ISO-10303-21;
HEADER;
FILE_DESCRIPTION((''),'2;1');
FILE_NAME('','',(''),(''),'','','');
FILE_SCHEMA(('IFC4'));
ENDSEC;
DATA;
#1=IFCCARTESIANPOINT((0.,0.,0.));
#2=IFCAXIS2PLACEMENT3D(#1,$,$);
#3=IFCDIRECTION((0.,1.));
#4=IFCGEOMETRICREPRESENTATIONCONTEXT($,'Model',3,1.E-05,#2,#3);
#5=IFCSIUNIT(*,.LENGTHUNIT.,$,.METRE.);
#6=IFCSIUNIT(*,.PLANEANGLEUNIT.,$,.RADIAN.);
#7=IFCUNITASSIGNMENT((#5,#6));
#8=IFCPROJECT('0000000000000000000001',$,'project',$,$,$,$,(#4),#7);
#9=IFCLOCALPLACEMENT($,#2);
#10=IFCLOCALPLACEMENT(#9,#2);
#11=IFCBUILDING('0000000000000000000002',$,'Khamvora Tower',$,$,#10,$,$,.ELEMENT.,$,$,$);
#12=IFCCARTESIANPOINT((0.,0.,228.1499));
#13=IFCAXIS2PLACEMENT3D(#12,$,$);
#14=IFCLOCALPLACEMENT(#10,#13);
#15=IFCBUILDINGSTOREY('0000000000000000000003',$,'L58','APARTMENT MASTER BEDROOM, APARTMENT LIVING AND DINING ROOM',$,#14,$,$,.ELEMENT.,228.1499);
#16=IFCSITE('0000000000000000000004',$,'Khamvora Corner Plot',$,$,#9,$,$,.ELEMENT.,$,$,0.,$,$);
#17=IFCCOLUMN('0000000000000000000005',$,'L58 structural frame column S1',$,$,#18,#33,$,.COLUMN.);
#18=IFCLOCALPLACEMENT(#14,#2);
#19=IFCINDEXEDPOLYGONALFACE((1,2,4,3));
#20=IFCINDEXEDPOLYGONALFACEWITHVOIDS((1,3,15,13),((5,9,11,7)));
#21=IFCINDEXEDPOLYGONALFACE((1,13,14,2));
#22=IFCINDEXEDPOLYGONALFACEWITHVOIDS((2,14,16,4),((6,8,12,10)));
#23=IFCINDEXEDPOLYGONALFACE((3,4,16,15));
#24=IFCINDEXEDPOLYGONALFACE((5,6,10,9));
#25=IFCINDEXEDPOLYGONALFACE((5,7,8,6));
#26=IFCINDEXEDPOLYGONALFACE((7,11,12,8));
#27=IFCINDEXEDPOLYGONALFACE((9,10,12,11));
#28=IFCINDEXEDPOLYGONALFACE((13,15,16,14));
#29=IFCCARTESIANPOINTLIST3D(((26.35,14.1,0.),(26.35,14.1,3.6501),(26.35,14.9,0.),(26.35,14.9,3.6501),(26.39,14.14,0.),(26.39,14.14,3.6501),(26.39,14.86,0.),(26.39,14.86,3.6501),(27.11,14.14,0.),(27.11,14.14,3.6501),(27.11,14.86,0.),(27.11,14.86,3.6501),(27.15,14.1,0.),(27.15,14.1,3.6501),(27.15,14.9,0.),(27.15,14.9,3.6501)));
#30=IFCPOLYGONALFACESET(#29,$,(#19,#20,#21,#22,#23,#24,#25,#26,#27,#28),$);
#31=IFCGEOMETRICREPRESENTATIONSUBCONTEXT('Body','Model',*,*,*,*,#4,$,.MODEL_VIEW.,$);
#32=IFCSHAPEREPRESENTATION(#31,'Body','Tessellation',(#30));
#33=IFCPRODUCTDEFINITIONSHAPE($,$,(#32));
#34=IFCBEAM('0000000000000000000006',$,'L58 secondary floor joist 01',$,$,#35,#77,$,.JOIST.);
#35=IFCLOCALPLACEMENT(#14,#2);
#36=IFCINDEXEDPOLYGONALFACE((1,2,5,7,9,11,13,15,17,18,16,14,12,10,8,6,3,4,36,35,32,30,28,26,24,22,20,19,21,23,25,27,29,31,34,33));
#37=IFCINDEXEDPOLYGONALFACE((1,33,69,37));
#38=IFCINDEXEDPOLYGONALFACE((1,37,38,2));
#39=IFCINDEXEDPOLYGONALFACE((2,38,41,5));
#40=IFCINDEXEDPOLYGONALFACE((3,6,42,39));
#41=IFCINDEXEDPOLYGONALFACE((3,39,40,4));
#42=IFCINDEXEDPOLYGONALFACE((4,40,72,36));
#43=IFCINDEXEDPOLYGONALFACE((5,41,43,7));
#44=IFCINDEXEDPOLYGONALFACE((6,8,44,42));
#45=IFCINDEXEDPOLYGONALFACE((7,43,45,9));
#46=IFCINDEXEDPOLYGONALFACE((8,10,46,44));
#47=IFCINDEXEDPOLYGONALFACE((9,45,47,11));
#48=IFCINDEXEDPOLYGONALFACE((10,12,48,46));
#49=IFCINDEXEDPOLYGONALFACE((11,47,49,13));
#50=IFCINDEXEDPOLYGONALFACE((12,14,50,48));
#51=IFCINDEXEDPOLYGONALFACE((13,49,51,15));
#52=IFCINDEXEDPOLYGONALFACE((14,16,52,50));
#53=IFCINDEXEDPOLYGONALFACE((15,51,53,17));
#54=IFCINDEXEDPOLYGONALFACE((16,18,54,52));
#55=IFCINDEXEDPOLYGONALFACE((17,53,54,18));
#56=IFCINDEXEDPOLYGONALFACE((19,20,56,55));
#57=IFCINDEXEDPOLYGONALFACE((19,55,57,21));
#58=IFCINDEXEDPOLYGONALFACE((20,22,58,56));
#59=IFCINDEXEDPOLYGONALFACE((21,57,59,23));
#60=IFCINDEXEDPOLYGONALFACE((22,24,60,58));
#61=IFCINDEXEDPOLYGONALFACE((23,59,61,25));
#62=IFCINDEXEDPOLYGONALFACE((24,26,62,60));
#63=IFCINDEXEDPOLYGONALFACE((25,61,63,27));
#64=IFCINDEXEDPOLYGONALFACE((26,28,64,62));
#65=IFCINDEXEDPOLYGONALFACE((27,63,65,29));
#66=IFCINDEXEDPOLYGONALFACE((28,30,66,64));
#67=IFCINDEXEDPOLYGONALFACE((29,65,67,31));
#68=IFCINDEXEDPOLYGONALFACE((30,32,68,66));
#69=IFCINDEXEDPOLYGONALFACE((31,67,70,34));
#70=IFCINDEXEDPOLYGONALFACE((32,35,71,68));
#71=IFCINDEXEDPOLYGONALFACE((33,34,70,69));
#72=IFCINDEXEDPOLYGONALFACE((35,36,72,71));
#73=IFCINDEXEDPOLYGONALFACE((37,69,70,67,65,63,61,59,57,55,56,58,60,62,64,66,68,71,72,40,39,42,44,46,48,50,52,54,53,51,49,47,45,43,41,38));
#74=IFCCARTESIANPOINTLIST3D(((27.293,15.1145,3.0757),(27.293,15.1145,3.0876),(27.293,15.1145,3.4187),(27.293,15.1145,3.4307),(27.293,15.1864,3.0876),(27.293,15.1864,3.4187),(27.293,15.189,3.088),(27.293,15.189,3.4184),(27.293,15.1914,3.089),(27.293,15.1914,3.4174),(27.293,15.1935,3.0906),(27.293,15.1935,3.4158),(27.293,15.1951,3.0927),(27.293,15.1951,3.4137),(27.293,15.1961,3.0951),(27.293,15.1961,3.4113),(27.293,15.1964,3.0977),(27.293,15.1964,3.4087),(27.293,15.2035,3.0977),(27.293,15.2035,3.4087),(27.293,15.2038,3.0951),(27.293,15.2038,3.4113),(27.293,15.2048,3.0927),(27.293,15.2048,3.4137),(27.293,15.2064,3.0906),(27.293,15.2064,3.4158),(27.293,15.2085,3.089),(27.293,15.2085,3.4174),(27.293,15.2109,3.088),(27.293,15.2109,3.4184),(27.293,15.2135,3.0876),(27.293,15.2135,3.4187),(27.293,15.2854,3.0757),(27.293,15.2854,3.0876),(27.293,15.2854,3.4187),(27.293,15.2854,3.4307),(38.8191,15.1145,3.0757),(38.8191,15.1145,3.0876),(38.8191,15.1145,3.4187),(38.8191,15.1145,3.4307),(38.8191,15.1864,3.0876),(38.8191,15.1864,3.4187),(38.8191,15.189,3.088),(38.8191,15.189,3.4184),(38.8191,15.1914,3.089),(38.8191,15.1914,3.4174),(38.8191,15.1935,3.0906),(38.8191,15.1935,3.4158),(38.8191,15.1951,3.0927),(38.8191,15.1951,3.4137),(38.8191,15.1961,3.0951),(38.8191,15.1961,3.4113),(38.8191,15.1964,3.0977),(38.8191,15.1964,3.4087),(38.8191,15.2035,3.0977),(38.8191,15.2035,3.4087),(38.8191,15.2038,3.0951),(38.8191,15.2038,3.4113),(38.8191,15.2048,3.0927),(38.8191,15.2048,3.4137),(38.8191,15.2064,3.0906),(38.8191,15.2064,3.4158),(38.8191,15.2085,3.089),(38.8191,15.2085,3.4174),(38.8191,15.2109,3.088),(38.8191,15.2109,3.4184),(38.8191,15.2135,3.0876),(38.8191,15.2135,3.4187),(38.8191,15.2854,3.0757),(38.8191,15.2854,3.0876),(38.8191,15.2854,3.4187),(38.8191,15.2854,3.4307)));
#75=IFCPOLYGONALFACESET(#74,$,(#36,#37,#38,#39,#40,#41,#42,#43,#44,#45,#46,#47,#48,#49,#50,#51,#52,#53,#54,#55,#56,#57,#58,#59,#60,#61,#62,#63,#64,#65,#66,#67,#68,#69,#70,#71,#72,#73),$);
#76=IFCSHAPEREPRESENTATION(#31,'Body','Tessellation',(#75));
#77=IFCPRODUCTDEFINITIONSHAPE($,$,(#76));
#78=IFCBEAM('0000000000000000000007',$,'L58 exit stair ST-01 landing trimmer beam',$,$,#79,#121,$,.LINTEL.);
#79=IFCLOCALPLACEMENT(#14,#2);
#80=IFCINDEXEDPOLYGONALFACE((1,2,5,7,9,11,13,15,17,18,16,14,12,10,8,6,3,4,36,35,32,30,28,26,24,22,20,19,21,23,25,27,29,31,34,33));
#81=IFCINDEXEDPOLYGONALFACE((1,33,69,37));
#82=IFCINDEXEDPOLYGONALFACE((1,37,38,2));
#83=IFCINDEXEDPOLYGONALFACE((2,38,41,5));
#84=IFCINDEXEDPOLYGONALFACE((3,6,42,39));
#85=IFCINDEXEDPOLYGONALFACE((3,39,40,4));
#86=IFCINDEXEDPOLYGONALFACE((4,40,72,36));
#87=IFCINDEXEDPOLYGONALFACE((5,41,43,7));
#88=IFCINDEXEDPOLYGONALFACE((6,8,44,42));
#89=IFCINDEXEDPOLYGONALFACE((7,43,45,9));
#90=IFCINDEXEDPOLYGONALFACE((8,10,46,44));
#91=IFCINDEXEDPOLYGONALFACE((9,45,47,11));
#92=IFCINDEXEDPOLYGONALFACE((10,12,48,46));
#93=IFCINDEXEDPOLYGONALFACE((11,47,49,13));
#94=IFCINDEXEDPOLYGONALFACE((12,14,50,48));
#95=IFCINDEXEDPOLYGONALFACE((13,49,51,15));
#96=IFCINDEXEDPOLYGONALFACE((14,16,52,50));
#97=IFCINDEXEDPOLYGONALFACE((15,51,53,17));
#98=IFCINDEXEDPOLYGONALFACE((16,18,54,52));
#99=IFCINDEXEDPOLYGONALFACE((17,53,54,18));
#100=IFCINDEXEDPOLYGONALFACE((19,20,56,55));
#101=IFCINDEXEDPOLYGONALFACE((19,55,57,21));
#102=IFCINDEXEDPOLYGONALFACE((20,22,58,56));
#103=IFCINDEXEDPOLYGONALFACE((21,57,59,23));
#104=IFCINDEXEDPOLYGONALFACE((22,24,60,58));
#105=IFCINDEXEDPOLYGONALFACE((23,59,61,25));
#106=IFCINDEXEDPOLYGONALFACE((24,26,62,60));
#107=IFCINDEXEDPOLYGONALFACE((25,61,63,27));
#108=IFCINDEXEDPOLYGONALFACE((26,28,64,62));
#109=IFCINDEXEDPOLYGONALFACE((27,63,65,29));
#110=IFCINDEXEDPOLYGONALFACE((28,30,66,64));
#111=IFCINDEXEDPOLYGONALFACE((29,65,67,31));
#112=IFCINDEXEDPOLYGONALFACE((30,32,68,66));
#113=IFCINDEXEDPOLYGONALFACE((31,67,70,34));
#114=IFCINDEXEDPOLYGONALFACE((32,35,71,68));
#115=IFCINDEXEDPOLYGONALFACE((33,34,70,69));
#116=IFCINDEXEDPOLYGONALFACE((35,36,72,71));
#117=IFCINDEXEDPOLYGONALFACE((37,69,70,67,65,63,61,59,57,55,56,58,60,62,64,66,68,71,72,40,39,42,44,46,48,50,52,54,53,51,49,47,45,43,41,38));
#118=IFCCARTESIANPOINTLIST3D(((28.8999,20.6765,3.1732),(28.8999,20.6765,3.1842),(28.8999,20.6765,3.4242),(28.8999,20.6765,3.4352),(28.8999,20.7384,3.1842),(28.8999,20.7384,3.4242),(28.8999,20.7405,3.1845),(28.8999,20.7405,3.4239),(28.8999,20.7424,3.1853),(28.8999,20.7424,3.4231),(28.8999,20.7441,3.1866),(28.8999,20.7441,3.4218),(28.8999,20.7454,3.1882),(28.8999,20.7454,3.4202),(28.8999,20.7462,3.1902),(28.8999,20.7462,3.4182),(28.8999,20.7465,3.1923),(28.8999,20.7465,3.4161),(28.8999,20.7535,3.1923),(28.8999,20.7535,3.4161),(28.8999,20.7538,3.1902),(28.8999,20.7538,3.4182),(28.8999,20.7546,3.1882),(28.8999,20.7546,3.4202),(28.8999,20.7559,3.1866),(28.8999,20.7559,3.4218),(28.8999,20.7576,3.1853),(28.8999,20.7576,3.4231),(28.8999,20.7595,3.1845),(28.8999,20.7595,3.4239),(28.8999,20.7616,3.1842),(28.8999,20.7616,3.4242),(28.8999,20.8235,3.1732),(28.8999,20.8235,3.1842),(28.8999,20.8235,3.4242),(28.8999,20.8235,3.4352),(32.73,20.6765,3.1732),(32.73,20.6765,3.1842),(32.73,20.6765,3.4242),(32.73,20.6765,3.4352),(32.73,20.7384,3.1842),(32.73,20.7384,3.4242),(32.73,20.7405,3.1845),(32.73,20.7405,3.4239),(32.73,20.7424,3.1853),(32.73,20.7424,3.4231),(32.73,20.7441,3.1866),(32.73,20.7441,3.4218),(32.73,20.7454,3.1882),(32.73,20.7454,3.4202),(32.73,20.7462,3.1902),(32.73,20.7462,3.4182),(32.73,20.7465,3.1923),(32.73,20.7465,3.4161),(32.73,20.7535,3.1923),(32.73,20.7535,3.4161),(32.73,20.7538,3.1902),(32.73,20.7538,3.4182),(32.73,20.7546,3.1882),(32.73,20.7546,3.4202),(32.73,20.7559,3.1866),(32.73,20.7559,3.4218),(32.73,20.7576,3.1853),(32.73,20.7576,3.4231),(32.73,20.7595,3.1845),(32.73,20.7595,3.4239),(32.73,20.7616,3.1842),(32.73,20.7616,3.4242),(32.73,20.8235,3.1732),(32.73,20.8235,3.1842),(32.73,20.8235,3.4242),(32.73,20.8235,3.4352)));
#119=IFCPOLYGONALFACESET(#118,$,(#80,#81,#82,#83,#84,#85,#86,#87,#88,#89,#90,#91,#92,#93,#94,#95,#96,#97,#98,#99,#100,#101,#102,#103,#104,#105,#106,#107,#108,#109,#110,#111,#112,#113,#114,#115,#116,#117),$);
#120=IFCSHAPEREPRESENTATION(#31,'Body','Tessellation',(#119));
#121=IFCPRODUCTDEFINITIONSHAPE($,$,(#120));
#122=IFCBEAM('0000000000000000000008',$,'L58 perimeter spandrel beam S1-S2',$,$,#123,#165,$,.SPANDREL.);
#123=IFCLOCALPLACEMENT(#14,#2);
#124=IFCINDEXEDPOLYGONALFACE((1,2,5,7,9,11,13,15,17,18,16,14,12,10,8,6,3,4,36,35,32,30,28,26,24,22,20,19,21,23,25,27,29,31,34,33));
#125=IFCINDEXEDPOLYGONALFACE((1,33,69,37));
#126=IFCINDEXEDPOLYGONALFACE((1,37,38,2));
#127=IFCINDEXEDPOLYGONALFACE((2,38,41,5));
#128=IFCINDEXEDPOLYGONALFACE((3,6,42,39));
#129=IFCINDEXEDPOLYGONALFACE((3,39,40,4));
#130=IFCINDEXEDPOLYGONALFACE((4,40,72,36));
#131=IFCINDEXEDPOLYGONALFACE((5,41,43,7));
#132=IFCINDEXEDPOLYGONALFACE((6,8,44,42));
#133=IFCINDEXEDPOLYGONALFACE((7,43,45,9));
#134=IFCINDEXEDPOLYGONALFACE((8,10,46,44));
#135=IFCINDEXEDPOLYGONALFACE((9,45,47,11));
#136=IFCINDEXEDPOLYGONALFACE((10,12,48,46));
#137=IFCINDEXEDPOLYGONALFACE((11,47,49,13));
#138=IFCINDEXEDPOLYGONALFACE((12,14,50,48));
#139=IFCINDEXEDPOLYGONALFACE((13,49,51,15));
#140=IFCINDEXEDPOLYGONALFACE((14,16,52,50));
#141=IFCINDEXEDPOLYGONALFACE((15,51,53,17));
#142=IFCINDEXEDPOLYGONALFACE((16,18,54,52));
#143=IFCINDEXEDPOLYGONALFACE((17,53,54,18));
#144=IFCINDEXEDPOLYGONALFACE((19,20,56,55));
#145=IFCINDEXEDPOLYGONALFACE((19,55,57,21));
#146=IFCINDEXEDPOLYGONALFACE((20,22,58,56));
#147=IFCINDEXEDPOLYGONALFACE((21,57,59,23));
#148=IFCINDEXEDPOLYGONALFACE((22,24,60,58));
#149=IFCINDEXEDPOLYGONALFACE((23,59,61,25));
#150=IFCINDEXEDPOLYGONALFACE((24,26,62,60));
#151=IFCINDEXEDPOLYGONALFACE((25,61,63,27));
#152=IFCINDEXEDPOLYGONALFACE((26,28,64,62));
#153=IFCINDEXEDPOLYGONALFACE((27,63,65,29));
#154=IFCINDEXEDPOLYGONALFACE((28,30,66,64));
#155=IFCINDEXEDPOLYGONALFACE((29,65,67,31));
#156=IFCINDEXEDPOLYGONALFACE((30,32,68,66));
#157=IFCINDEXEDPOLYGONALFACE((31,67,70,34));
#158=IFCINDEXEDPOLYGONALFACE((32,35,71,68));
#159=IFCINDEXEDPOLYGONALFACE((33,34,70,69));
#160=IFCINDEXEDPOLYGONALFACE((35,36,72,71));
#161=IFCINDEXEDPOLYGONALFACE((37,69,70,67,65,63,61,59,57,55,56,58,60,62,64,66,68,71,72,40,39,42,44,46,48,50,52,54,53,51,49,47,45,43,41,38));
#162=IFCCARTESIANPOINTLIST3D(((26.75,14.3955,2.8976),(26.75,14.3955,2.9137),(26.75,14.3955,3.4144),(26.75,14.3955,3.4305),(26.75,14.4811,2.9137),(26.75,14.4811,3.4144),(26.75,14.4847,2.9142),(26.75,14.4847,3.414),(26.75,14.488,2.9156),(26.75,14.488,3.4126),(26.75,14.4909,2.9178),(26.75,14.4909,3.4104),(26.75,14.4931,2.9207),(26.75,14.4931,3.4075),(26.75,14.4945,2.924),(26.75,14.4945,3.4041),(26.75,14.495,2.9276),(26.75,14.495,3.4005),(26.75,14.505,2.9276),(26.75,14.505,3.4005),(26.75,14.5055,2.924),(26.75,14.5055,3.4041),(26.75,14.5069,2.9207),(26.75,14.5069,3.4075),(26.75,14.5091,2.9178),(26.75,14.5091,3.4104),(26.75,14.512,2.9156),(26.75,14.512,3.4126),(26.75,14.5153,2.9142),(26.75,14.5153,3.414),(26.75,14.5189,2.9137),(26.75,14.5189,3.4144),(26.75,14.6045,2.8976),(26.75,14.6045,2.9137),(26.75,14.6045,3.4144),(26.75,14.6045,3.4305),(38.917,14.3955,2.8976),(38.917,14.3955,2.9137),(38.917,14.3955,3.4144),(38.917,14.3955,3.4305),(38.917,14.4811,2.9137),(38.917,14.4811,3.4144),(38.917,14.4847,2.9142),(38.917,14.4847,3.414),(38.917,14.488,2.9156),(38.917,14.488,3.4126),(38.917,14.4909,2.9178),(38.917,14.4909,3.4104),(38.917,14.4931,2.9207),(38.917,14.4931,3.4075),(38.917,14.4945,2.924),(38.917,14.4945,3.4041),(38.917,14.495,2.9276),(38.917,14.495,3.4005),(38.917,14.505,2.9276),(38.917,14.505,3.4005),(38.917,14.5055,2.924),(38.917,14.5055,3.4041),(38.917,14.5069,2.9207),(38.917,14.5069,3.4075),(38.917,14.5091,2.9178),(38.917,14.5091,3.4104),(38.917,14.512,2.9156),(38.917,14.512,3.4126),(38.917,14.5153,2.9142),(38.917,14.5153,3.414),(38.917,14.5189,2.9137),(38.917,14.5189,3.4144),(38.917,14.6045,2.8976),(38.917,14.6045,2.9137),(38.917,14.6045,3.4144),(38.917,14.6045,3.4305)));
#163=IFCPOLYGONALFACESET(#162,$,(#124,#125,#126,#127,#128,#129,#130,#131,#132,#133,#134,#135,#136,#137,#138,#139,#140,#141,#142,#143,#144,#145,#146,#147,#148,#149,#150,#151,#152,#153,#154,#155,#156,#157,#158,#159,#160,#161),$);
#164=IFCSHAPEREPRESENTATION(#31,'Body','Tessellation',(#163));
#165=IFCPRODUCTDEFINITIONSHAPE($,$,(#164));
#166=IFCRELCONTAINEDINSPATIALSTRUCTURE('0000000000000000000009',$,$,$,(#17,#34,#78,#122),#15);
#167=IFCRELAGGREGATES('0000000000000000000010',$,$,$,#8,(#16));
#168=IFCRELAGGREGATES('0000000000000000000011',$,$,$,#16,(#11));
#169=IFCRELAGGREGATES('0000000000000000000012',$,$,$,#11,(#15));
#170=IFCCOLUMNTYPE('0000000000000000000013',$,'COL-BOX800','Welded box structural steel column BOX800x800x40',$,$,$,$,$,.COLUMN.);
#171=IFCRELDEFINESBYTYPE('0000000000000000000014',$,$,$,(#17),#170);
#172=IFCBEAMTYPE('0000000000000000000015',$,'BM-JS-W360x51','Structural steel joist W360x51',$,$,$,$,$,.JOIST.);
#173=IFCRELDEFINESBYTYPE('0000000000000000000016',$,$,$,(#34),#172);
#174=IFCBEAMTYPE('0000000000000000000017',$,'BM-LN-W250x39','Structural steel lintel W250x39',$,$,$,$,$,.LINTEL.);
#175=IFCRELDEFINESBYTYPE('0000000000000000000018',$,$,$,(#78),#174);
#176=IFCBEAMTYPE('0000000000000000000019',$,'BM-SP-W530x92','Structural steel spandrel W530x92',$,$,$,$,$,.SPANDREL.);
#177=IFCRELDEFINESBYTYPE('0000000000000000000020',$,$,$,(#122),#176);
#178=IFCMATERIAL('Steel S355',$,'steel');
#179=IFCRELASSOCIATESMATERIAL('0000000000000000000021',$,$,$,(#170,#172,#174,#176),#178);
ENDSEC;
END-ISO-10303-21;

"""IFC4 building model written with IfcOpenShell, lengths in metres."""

from ifc_helpers import new_model, si_unit, direction, frame, origin, origin_2d, place, context, subcontext, project, spatial, hollow_rectangle, i_section, extrude, material, material_profile, profile_set, type_object, element, save


model = new_model("IFC4")

# Units and contexts
model_context = context("Model", 3, precision=1e-05, world=origin(), true_north=direction((0.0, 1.0)))
body_context = subcontext(model_context, "Body", "Model", "MODEL_VIEW")
ifc_project = project(units=[si_unit("LENGTHUNIT", "METRE"), si_unit("PLANEANGLEUNIT", "RADIAN")], contexts=[model_context])

# Site, building, storey
site_placement = place(None, origin())
site = spatial("IfcSite", under=ifc_project, at=site_placement, Name="Khamvora Corner Plot", CompositionType="ELEMENT", RefElevation=0.0)
building_placement = place(site_placement, origin())
building = spatial("IfcBuilding", under=site, at=building_placement, Name="Khamvora Tower", CompositionType="ELEMENT")
storey_placement = place(building_placement, frame((0.0, 0.0, 228.1499)))
storey = spatial("IfcBuildingStorey", under=building, at=storey_placement, Name="L58", Description="APARTMENT MASTER BEDROOM, APARTMENT LIVING AND DINING ROOM", CompositionType="ELEMENT", Elevation=228.1499)

# Column
ifc_material_1 = material(Name="Steel S355", Category="steel")
ifc_material_profile_1 = material_profile(ifc_material_1, hollow_rectangle(XDim=0.8, YDim=0.8, WallThickness=0.04, at=origin_2d()), Name="BOX800x800x40")
ifc_profile_set_1 = profile_set([ifc_material_profile_1], Name="Steel S355")
column_type = type_object("IfcColumnType", Name="COL-BOX800", Description="Welded box structural steel column BOX800x800x40", PredefinedType="COLUMN", material=ifc_profile_set_1)
column_placement = place(storey_placement, frame((26.75, 14.5, 0.0), z_axis=(0.0, 0.0, 1.0), x_axis=(1.0, 0.0, 0.0)))
element("IfcColumn", 1, at=column_placement, inside=storey, type_object=column_type, Name="L58 structural frame column S1", PredefinedType="COLUMN", context=body_context, shape_type="SweptSolid", body=[
    extrude(hollow_rectangle(XDim=0.8, YDim=0.8, WallThickness=0.04, at=origin_2d()), origin(), (0.0, 0.0, 1.0), 3.6501),
])

# Beams
ifc_material_profile_2 = material_profile(ifc_material_1, i_section(OverallWidth=0.1709, OverallDepth=0.355, WebThickness=0.0071, FlangeThickness=0.012, FilletRadius=0.01, at=origin_2d()), Name="W360x51")
ifc_profile_set_2 = profile_set([ifc_material_profile_2], Name="Steel S355")
beam_type_1 = type_object("IfcBeamType", Name="BM-JS-W360x51", Description="Structural steel joist W360x51", PredefinedType="JOIST", material=ifc_profile_set_2)
beam_1_placement = place(storey_placement, frame((27.293, 15.2, 3.2532), z_axis=(1.0, 0.0, 0.0), x_axis=(0.0, 1.0, 0.0)))
element("IfcBeam", 2, at=beam_1_placement, inside=storey, type_object=beam_type_1, Name="L58 secondary floor joist 01", PredefinedType="JOIST", context=body_context, shape_type="SweptSolid", body=[
    extrude(i_section(OverallWidth=0.1709, OverallDepth=0.355, WebThickness=0.0071, FlangeThickness=0.012, FilletRadius=0.01, at=origin_2d()), origin(), (0.0, 0.0, 1.0), 11.5261),
])
ifc_material_profile_3 = material_profile(ifc_material_1, i_section(OverallWidth=0.147, OverallDepth=0.262, WebThickness=0.0071, FlangeThickness=0.011, FilletRadius=0.0081, at=origin_2d()), Name="W250x39")
ifc_profile_set_3 = profile_set([ifc_material_profile_3], Name="Steel S355")
beam_type_2 = type_object("IfcBeamType", Name="BM-LN-W250x39", Description="Structural steel lintel W250x39", PredefinedType="LINTEL", material=ifc_profile_set_3)
beam_2_placement = place(storey_placement, frame((28.8999, 20.75, 3.3042), z_axis=(1.0, 0.0, 0.0), x_axis=(0.0, 1.0, 0.0)))
element("IfcBeam", 3, at=beam_2_placement, inside=storey, type_object=beam_type_2, Name="L58 exit stair ST-01 landing trimmer beam", PredefinedType="LINTEL", context=body_context, shape_type="SweptSolid", body=[
    extrude(i_section(OverallWidth=0.147, OverallDepth=0.262, WebThickness=0.0071, FlangeThickness=0.011, FilletRadius=0.0081, at=origin_2d()), origin(), (0.0, 0.0, 1.0), 3.8301),
])
ifc_material_profile_4 = material_profile(ifc_material_1, i_section(OverallWidth=0.209, OverallDepth=0.533, WebThickness=0.01, FlangeThickness=0.0161, FilletRadius=0.0139, at=origin_2d()), Name="W530x92")
ifc_profile_set_4 = profile_set([ifc_material_profile_4], Name="Steel S355")
beam_type_3 = type_object("IfcBeamType", Name="BM-SP-W530x92", Description="Structural steel spandrel W530x92", PredefinedType="SPANDREL", material=ifc_profile_set_4)
beam_3_placement = place(storey_placement, frame((26.75, 14.5, 3.1641), z_axis=(1.0, 0.0, 0.0), x_axis=(0.0, 1.0, 0.0)))
element("IfcBeam", 4, at=beam_3_placement, inside=storey, type_object=beam_type_3, Name="L58 perimeter spandrel beam S1-S2", PredefinedType="SPANDREL", context=body_context, shape_type="SweptSolid", body=[
    extrude(i_section(OverallWidth=0.209, OverallDepth=0.533, WebThickness=0.01, FlangeThickness=0.0161, FilletRadius=0.0139, at=origin_2d()), origin(), (0.0, 0.0, 1.0), 12.167),
])

save(model, "model.ifc")
